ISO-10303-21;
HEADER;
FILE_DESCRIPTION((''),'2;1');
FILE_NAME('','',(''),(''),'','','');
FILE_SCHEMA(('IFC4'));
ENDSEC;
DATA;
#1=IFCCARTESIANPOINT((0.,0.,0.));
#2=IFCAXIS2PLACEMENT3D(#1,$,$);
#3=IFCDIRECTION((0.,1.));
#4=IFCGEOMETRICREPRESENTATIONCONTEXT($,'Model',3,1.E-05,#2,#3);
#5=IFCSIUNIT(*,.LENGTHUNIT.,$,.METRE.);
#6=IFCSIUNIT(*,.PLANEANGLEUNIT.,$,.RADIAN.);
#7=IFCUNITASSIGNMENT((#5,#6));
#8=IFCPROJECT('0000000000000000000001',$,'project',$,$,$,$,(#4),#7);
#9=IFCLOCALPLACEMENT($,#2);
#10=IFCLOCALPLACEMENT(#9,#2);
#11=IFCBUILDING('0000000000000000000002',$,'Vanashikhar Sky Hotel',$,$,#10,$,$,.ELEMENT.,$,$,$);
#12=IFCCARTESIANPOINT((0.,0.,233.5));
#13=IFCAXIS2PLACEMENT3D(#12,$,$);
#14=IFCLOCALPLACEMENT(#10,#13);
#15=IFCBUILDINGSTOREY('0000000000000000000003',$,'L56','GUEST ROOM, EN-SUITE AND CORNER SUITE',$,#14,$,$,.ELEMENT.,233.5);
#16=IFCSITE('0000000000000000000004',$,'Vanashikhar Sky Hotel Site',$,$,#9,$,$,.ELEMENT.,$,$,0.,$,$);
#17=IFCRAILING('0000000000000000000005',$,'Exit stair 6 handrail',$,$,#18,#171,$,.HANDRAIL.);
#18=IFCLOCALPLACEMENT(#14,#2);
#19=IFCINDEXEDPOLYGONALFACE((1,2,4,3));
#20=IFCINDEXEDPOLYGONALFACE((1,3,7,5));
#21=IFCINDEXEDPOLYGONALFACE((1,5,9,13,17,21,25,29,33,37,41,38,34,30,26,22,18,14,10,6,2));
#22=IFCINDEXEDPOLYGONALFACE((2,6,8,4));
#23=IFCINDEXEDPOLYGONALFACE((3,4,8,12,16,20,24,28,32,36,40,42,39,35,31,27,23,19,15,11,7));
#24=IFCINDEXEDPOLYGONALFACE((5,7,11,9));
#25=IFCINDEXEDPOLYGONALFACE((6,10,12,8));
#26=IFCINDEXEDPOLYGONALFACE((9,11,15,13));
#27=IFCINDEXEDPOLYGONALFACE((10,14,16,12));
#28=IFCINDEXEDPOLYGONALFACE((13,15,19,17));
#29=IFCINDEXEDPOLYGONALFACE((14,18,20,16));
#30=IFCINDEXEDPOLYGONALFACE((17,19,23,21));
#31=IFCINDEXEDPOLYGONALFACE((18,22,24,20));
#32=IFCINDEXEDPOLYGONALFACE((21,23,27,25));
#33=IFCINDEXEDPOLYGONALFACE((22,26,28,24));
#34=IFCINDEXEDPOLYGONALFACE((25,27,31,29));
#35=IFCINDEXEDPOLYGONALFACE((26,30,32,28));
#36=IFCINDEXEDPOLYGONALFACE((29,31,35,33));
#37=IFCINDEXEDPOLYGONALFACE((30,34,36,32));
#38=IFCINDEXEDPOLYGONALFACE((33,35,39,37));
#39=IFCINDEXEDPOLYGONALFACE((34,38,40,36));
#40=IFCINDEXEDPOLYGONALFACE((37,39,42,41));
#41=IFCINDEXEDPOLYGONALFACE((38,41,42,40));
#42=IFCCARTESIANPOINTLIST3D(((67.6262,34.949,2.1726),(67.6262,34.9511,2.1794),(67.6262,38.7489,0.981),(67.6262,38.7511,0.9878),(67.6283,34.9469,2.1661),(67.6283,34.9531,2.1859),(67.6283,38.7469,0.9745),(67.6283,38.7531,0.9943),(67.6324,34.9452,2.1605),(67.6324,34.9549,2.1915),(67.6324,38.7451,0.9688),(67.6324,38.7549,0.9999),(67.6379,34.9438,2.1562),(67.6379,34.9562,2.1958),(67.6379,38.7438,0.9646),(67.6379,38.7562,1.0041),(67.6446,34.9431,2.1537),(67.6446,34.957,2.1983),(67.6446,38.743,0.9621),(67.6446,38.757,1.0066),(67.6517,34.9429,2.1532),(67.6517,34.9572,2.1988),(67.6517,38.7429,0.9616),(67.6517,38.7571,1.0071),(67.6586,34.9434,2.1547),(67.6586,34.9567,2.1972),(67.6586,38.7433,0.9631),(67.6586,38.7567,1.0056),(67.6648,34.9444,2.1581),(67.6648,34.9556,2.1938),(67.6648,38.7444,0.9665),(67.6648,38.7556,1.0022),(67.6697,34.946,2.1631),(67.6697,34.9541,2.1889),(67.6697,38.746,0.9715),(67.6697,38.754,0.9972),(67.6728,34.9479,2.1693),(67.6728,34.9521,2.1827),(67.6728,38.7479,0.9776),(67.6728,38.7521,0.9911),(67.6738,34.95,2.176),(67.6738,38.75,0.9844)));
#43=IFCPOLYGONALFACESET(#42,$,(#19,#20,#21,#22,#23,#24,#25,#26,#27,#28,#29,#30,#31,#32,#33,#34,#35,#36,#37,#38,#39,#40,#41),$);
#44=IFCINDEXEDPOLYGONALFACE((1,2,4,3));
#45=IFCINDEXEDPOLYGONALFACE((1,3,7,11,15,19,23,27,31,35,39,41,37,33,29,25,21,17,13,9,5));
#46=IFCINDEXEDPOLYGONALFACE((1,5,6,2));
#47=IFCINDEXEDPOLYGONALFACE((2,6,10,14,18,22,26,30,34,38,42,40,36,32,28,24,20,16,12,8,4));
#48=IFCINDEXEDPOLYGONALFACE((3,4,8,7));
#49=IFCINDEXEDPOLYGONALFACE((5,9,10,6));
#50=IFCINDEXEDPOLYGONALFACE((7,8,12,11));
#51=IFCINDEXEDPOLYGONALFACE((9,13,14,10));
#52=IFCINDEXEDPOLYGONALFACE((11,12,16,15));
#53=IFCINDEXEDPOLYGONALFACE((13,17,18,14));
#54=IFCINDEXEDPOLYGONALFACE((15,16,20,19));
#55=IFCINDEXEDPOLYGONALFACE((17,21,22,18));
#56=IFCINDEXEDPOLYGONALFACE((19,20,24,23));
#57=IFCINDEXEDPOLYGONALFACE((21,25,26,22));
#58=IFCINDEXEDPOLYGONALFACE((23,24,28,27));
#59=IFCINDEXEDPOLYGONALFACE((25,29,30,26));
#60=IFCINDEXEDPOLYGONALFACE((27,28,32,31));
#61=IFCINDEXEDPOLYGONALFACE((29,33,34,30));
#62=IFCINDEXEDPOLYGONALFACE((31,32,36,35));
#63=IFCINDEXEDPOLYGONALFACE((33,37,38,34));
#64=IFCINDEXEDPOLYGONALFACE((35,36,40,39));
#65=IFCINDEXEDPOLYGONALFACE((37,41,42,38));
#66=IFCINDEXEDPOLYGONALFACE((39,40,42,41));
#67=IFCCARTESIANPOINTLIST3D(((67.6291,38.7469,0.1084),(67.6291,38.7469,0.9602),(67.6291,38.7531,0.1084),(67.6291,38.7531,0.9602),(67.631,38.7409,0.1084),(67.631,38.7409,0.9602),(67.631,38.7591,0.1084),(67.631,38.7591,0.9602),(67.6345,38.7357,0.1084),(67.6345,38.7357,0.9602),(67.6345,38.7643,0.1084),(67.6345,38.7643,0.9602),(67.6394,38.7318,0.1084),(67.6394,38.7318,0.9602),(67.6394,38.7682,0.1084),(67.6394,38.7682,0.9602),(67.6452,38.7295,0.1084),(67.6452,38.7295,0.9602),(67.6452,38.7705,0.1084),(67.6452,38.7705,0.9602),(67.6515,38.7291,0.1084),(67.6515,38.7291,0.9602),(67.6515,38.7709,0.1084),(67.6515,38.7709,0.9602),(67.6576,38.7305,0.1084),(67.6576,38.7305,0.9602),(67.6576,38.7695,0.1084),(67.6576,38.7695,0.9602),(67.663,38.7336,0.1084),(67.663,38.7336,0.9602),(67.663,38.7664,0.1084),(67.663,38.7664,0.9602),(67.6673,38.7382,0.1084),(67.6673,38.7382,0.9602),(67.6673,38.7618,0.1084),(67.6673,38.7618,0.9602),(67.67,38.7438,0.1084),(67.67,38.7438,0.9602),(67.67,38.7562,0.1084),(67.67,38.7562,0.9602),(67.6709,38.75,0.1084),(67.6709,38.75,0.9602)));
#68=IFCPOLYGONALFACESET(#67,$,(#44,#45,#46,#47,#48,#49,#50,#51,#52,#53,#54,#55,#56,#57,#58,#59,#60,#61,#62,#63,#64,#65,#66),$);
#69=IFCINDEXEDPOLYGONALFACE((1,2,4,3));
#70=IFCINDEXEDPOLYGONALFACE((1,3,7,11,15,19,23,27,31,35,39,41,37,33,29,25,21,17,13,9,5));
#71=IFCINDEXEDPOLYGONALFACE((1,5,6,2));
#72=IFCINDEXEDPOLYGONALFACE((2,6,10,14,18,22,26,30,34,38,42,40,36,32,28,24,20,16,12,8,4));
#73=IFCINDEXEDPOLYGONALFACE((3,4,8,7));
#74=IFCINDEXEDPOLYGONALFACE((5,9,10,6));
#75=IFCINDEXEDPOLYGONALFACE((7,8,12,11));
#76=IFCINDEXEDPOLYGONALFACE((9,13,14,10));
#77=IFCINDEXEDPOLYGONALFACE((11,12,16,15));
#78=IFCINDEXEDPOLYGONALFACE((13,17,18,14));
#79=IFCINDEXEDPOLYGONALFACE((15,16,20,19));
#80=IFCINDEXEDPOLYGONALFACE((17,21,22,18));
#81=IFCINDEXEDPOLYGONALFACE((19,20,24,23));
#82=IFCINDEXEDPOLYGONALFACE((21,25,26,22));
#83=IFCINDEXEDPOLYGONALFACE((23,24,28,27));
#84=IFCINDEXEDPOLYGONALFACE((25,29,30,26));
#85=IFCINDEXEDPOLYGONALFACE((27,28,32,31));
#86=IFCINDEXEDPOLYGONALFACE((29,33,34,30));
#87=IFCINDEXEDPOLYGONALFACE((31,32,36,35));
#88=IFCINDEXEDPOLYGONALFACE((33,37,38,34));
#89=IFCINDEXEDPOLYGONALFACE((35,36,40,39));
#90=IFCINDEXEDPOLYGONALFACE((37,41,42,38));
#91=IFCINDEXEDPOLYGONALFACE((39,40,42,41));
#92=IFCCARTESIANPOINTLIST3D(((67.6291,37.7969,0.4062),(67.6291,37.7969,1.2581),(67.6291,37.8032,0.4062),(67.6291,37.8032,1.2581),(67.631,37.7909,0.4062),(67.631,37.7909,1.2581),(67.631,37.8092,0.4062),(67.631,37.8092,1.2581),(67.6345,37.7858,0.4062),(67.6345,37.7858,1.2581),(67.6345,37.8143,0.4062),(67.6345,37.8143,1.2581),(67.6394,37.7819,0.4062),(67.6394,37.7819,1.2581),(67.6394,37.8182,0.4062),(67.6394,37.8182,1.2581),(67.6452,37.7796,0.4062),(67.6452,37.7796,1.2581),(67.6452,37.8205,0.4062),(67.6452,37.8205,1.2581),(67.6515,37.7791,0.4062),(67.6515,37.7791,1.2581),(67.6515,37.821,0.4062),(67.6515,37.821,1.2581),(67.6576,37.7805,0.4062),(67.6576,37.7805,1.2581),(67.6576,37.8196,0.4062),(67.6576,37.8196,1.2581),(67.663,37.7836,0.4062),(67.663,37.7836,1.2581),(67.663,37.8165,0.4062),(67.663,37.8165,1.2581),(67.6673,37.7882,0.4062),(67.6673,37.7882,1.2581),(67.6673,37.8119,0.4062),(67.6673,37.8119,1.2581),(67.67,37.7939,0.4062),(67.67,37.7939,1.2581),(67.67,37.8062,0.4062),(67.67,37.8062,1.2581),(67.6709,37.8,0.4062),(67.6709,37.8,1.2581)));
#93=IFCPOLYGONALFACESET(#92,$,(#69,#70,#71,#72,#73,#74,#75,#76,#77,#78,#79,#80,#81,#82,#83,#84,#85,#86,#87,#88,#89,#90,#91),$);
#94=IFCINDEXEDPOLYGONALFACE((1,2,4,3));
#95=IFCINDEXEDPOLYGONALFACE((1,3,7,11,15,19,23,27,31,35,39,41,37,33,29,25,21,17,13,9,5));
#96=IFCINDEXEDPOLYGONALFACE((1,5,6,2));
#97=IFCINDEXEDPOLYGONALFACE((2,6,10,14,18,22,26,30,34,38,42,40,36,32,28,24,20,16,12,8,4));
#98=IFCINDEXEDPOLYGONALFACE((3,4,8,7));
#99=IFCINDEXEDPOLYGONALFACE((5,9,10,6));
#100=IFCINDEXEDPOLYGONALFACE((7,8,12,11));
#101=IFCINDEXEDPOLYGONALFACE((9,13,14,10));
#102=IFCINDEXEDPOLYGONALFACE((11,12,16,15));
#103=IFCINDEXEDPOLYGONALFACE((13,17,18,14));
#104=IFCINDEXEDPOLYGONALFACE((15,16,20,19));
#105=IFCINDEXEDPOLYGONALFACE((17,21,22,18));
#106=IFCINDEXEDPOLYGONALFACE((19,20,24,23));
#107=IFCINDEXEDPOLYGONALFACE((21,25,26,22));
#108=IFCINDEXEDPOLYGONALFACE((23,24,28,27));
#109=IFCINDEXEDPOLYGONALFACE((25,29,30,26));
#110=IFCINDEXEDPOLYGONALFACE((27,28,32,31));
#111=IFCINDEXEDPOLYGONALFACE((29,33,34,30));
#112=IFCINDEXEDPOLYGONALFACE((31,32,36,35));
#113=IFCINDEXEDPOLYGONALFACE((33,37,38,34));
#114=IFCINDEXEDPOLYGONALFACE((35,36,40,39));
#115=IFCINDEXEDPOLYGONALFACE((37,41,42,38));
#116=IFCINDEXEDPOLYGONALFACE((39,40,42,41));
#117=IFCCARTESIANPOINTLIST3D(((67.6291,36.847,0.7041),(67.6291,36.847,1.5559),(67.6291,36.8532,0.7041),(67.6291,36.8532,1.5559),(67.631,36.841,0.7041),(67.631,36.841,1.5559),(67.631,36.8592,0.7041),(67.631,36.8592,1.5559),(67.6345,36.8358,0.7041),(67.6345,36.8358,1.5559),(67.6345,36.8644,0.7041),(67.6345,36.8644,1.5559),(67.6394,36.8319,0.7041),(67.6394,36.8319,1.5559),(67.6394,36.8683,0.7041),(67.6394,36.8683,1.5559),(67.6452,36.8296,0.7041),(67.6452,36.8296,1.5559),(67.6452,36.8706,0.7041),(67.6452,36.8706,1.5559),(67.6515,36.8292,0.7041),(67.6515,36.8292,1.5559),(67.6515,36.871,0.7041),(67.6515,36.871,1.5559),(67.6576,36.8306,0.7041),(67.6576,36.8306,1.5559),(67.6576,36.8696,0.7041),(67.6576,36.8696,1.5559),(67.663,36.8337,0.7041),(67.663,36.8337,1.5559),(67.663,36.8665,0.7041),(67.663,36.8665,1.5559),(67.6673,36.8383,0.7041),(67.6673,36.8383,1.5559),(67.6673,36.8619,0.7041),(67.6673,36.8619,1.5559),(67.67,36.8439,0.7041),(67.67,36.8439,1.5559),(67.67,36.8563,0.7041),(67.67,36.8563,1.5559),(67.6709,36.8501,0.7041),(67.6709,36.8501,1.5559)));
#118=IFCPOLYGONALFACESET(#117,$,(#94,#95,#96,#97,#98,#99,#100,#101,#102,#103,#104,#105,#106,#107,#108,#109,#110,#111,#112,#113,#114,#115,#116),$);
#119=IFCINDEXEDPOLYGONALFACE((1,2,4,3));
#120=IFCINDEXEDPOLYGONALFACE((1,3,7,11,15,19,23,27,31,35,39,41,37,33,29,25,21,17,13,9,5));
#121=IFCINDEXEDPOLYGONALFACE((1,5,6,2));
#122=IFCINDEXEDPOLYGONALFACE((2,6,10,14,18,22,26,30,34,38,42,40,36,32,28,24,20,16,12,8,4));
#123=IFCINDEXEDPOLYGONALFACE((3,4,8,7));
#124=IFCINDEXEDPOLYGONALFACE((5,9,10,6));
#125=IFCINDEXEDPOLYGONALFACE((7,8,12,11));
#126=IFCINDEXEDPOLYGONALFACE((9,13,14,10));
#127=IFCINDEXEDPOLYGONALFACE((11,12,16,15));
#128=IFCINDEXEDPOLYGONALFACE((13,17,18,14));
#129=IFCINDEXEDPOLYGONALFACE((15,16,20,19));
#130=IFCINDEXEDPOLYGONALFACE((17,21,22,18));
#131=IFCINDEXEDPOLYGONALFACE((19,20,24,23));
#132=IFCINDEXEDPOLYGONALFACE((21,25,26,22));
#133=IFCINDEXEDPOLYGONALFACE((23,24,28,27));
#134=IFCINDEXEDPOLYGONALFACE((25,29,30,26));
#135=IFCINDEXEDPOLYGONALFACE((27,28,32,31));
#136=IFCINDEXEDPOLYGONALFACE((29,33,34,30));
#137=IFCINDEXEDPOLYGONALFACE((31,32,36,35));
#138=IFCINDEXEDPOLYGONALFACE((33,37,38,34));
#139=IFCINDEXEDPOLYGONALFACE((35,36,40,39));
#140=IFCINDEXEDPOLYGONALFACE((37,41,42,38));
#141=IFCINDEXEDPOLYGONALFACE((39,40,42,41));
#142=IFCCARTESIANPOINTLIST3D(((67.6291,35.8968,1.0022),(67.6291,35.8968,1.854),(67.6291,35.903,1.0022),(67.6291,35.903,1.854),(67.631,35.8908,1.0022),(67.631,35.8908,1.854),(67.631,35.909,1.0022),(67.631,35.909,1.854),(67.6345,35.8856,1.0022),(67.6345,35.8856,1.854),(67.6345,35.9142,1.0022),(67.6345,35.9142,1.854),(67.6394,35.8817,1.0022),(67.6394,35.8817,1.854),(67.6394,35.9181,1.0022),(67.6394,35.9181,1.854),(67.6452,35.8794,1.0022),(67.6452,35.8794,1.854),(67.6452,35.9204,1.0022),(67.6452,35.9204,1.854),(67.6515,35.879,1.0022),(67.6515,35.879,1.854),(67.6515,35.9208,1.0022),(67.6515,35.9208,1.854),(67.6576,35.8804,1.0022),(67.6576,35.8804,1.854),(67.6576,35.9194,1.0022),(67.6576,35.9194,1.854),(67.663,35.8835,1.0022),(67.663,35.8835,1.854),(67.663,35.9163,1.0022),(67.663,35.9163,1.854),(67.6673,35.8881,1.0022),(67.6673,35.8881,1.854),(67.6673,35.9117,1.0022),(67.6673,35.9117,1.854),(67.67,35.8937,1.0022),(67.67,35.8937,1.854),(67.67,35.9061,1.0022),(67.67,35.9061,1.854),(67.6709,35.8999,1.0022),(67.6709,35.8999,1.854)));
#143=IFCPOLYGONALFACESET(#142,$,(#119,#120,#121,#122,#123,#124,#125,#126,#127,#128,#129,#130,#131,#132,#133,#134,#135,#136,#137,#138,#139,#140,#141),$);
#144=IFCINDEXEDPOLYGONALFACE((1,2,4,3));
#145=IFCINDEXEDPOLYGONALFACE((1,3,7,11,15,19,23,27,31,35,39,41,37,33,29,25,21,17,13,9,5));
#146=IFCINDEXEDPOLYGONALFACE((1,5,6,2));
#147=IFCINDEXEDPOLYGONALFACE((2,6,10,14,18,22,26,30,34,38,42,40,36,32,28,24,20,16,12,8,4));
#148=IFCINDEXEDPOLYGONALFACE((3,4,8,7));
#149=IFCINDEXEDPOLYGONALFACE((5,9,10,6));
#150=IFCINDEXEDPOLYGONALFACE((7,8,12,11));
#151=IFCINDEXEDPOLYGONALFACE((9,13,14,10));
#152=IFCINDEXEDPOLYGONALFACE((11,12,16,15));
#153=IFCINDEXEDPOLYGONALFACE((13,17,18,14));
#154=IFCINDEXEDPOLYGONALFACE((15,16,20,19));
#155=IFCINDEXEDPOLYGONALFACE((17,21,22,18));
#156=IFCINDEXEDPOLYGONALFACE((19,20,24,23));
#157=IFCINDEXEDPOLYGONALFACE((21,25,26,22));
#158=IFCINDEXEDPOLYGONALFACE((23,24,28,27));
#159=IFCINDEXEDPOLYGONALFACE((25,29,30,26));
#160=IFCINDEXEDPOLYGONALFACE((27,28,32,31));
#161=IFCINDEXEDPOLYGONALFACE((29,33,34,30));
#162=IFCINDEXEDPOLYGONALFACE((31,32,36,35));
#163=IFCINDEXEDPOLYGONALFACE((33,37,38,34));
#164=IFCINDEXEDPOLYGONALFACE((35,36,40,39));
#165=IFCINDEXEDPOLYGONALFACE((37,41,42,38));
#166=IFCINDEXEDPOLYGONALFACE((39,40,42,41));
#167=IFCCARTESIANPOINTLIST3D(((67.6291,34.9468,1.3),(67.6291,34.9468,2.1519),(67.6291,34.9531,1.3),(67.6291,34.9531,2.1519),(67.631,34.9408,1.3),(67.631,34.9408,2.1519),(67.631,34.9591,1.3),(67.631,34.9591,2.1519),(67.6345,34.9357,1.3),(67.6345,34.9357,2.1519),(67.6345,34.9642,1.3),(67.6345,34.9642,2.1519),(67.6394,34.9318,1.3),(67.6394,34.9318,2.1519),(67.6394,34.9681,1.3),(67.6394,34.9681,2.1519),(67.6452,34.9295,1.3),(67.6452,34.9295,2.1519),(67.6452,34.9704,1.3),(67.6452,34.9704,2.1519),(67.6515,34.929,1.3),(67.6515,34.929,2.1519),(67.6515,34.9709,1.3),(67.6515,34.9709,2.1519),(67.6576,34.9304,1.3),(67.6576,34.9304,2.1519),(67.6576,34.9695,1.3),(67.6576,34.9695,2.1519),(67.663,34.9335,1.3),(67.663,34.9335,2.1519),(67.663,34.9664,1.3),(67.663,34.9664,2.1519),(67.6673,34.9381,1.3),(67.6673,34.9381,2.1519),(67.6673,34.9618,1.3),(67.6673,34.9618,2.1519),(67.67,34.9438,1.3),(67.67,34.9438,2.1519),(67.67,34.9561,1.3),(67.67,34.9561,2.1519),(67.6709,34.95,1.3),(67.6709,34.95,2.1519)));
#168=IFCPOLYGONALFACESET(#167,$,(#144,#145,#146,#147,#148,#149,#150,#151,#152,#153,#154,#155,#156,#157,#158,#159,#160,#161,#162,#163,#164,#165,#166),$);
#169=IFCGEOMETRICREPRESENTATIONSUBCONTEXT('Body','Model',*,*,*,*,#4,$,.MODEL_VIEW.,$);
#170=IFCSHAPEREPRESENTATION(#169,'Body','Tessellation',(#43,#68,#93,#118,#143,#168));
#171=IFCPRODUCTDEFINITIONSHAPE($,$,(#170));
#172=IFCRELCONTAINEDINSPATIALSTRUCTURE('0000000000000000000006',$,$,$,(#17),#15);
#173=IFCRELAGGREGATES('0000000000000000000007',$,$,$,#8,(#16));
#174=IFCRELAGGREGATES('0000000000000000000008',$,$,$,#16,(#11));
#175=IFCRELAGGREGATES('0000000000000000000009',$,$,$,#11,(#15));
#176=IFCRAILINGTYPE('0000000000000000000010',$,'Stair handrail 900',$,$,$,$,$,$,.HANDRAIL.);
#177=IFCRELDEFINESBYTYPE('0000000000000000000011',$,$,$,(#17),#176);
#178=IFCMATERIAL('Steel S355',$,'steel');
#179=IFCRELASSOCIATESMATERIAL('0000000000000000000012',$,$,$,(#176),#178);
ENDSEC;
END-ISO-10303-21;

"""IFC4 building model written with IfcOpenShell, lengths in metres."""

from ifc_helpers import new_model, si_unit, direction, frame, origin, origin_2d, place, context, subcontext, project, spatial, circle, extrude, source, transform, mapped, material, type_object, element, save


model = new_model("IFC4")

# Units and contexts
model_context = context("Model", 3, precision=1e-05, world=origin(), true_north=direction((0.0, 1.0)))
body_context = subcontext(model_context, "Body", "Model", "MODEL_VIEW")
ifc_project = project(units=[si_unit("LENGTHUNIT", "METRE"), si_unit("PLANEANGLEUNIT", "RADIAN")], contexts=[model_context])

# Site, building, storey
site_placement = place(None, origin())
site = spatial("IfcSite", under=ifc_project, at=site_placement, Name="Vanashikhar Sky Hotel Site", CompositionType="ELEMENT", RefElevation=0.0)
building_placement = place(site_placement, origin())
building = spatial("IfcBuilding", under=site, at=building_placement, Name="Vanashikhar Sky Hotel", CompositionType="ELEMENT")
storey_placement = place(building_placement, frame((0.0, 0.0, 233.5)))
storey = spatial("IfcBuildingStorey", under=building, at=storey_placement, Name="L56", Description="GUEST ROOM, EN-SUITE AND CORNER SUITE", CompositionType="ELEMENT", Elevation=233.5)

# Railing
ifc_material_1 = material(Name="Steel S355", Category="steel")
railing_type_1 = type_object("IfcRailingType", Name="Stair handrail 900", PredefinedType="HANDRAIL", material=ifc_material_1)
shared_shape_1 = source(origin(), body_context, "Body", "SweptSolid", [
    extrude(circle(Radius=0.0239, at=origin_2d()), frame((0.0, 0.0, 0.876), z_axis=(0.0, -0.954184, 0.299221), x_axis=(1.0, 0.0, 0.0)), (0.0, 0.0, 1.0), 3.9824),
    extrude(circle(Radius=0.021, at=origin_2d()), origin(), (0.0, 0.0, 1.0), 0.8518),
    extrude(circle(Radius=0.021, at=origin_2d()), frame((0.0, -0.95, 0.2979)), (0.0, 0.0, 1.0), 0.8518),
    extrude(circle(Radius=0.021, at=origin_2d()), frame((0.0, -1.8999, 0.5957)), (0.0, 0.0, 1.0), 0.8518),
    extrude(circle(Radius=0.021, at=origin_2d()), frame((0.0, -2.8501, 0.8938)), (0.0, 0.0, 1.0), 0.8518),
    extrude(circle(Radius=0.021, at=origin_2d()), frame((0.0, -3.8, 1.1917)), (0.0, 0.0, 1.0), 0.8518),
])
for number, where, name in (
    (1, (67.6499, 38.75, 0.1084), "Exit stair 6 handrail"),
):
    element("IfcRailing", number, at=place(storey_placement, frame(where)), inside=storey, type_object=railing_type_1, Name=name, PredefinedType="HANDRAIL", context=body_context, shape_type="MappedRepresentation", body=[
        mapped(shared_shape_1, transform((0.0, 0.0, 0.0), scale=1.0)),
    ])

save(model, "model.ifc")
